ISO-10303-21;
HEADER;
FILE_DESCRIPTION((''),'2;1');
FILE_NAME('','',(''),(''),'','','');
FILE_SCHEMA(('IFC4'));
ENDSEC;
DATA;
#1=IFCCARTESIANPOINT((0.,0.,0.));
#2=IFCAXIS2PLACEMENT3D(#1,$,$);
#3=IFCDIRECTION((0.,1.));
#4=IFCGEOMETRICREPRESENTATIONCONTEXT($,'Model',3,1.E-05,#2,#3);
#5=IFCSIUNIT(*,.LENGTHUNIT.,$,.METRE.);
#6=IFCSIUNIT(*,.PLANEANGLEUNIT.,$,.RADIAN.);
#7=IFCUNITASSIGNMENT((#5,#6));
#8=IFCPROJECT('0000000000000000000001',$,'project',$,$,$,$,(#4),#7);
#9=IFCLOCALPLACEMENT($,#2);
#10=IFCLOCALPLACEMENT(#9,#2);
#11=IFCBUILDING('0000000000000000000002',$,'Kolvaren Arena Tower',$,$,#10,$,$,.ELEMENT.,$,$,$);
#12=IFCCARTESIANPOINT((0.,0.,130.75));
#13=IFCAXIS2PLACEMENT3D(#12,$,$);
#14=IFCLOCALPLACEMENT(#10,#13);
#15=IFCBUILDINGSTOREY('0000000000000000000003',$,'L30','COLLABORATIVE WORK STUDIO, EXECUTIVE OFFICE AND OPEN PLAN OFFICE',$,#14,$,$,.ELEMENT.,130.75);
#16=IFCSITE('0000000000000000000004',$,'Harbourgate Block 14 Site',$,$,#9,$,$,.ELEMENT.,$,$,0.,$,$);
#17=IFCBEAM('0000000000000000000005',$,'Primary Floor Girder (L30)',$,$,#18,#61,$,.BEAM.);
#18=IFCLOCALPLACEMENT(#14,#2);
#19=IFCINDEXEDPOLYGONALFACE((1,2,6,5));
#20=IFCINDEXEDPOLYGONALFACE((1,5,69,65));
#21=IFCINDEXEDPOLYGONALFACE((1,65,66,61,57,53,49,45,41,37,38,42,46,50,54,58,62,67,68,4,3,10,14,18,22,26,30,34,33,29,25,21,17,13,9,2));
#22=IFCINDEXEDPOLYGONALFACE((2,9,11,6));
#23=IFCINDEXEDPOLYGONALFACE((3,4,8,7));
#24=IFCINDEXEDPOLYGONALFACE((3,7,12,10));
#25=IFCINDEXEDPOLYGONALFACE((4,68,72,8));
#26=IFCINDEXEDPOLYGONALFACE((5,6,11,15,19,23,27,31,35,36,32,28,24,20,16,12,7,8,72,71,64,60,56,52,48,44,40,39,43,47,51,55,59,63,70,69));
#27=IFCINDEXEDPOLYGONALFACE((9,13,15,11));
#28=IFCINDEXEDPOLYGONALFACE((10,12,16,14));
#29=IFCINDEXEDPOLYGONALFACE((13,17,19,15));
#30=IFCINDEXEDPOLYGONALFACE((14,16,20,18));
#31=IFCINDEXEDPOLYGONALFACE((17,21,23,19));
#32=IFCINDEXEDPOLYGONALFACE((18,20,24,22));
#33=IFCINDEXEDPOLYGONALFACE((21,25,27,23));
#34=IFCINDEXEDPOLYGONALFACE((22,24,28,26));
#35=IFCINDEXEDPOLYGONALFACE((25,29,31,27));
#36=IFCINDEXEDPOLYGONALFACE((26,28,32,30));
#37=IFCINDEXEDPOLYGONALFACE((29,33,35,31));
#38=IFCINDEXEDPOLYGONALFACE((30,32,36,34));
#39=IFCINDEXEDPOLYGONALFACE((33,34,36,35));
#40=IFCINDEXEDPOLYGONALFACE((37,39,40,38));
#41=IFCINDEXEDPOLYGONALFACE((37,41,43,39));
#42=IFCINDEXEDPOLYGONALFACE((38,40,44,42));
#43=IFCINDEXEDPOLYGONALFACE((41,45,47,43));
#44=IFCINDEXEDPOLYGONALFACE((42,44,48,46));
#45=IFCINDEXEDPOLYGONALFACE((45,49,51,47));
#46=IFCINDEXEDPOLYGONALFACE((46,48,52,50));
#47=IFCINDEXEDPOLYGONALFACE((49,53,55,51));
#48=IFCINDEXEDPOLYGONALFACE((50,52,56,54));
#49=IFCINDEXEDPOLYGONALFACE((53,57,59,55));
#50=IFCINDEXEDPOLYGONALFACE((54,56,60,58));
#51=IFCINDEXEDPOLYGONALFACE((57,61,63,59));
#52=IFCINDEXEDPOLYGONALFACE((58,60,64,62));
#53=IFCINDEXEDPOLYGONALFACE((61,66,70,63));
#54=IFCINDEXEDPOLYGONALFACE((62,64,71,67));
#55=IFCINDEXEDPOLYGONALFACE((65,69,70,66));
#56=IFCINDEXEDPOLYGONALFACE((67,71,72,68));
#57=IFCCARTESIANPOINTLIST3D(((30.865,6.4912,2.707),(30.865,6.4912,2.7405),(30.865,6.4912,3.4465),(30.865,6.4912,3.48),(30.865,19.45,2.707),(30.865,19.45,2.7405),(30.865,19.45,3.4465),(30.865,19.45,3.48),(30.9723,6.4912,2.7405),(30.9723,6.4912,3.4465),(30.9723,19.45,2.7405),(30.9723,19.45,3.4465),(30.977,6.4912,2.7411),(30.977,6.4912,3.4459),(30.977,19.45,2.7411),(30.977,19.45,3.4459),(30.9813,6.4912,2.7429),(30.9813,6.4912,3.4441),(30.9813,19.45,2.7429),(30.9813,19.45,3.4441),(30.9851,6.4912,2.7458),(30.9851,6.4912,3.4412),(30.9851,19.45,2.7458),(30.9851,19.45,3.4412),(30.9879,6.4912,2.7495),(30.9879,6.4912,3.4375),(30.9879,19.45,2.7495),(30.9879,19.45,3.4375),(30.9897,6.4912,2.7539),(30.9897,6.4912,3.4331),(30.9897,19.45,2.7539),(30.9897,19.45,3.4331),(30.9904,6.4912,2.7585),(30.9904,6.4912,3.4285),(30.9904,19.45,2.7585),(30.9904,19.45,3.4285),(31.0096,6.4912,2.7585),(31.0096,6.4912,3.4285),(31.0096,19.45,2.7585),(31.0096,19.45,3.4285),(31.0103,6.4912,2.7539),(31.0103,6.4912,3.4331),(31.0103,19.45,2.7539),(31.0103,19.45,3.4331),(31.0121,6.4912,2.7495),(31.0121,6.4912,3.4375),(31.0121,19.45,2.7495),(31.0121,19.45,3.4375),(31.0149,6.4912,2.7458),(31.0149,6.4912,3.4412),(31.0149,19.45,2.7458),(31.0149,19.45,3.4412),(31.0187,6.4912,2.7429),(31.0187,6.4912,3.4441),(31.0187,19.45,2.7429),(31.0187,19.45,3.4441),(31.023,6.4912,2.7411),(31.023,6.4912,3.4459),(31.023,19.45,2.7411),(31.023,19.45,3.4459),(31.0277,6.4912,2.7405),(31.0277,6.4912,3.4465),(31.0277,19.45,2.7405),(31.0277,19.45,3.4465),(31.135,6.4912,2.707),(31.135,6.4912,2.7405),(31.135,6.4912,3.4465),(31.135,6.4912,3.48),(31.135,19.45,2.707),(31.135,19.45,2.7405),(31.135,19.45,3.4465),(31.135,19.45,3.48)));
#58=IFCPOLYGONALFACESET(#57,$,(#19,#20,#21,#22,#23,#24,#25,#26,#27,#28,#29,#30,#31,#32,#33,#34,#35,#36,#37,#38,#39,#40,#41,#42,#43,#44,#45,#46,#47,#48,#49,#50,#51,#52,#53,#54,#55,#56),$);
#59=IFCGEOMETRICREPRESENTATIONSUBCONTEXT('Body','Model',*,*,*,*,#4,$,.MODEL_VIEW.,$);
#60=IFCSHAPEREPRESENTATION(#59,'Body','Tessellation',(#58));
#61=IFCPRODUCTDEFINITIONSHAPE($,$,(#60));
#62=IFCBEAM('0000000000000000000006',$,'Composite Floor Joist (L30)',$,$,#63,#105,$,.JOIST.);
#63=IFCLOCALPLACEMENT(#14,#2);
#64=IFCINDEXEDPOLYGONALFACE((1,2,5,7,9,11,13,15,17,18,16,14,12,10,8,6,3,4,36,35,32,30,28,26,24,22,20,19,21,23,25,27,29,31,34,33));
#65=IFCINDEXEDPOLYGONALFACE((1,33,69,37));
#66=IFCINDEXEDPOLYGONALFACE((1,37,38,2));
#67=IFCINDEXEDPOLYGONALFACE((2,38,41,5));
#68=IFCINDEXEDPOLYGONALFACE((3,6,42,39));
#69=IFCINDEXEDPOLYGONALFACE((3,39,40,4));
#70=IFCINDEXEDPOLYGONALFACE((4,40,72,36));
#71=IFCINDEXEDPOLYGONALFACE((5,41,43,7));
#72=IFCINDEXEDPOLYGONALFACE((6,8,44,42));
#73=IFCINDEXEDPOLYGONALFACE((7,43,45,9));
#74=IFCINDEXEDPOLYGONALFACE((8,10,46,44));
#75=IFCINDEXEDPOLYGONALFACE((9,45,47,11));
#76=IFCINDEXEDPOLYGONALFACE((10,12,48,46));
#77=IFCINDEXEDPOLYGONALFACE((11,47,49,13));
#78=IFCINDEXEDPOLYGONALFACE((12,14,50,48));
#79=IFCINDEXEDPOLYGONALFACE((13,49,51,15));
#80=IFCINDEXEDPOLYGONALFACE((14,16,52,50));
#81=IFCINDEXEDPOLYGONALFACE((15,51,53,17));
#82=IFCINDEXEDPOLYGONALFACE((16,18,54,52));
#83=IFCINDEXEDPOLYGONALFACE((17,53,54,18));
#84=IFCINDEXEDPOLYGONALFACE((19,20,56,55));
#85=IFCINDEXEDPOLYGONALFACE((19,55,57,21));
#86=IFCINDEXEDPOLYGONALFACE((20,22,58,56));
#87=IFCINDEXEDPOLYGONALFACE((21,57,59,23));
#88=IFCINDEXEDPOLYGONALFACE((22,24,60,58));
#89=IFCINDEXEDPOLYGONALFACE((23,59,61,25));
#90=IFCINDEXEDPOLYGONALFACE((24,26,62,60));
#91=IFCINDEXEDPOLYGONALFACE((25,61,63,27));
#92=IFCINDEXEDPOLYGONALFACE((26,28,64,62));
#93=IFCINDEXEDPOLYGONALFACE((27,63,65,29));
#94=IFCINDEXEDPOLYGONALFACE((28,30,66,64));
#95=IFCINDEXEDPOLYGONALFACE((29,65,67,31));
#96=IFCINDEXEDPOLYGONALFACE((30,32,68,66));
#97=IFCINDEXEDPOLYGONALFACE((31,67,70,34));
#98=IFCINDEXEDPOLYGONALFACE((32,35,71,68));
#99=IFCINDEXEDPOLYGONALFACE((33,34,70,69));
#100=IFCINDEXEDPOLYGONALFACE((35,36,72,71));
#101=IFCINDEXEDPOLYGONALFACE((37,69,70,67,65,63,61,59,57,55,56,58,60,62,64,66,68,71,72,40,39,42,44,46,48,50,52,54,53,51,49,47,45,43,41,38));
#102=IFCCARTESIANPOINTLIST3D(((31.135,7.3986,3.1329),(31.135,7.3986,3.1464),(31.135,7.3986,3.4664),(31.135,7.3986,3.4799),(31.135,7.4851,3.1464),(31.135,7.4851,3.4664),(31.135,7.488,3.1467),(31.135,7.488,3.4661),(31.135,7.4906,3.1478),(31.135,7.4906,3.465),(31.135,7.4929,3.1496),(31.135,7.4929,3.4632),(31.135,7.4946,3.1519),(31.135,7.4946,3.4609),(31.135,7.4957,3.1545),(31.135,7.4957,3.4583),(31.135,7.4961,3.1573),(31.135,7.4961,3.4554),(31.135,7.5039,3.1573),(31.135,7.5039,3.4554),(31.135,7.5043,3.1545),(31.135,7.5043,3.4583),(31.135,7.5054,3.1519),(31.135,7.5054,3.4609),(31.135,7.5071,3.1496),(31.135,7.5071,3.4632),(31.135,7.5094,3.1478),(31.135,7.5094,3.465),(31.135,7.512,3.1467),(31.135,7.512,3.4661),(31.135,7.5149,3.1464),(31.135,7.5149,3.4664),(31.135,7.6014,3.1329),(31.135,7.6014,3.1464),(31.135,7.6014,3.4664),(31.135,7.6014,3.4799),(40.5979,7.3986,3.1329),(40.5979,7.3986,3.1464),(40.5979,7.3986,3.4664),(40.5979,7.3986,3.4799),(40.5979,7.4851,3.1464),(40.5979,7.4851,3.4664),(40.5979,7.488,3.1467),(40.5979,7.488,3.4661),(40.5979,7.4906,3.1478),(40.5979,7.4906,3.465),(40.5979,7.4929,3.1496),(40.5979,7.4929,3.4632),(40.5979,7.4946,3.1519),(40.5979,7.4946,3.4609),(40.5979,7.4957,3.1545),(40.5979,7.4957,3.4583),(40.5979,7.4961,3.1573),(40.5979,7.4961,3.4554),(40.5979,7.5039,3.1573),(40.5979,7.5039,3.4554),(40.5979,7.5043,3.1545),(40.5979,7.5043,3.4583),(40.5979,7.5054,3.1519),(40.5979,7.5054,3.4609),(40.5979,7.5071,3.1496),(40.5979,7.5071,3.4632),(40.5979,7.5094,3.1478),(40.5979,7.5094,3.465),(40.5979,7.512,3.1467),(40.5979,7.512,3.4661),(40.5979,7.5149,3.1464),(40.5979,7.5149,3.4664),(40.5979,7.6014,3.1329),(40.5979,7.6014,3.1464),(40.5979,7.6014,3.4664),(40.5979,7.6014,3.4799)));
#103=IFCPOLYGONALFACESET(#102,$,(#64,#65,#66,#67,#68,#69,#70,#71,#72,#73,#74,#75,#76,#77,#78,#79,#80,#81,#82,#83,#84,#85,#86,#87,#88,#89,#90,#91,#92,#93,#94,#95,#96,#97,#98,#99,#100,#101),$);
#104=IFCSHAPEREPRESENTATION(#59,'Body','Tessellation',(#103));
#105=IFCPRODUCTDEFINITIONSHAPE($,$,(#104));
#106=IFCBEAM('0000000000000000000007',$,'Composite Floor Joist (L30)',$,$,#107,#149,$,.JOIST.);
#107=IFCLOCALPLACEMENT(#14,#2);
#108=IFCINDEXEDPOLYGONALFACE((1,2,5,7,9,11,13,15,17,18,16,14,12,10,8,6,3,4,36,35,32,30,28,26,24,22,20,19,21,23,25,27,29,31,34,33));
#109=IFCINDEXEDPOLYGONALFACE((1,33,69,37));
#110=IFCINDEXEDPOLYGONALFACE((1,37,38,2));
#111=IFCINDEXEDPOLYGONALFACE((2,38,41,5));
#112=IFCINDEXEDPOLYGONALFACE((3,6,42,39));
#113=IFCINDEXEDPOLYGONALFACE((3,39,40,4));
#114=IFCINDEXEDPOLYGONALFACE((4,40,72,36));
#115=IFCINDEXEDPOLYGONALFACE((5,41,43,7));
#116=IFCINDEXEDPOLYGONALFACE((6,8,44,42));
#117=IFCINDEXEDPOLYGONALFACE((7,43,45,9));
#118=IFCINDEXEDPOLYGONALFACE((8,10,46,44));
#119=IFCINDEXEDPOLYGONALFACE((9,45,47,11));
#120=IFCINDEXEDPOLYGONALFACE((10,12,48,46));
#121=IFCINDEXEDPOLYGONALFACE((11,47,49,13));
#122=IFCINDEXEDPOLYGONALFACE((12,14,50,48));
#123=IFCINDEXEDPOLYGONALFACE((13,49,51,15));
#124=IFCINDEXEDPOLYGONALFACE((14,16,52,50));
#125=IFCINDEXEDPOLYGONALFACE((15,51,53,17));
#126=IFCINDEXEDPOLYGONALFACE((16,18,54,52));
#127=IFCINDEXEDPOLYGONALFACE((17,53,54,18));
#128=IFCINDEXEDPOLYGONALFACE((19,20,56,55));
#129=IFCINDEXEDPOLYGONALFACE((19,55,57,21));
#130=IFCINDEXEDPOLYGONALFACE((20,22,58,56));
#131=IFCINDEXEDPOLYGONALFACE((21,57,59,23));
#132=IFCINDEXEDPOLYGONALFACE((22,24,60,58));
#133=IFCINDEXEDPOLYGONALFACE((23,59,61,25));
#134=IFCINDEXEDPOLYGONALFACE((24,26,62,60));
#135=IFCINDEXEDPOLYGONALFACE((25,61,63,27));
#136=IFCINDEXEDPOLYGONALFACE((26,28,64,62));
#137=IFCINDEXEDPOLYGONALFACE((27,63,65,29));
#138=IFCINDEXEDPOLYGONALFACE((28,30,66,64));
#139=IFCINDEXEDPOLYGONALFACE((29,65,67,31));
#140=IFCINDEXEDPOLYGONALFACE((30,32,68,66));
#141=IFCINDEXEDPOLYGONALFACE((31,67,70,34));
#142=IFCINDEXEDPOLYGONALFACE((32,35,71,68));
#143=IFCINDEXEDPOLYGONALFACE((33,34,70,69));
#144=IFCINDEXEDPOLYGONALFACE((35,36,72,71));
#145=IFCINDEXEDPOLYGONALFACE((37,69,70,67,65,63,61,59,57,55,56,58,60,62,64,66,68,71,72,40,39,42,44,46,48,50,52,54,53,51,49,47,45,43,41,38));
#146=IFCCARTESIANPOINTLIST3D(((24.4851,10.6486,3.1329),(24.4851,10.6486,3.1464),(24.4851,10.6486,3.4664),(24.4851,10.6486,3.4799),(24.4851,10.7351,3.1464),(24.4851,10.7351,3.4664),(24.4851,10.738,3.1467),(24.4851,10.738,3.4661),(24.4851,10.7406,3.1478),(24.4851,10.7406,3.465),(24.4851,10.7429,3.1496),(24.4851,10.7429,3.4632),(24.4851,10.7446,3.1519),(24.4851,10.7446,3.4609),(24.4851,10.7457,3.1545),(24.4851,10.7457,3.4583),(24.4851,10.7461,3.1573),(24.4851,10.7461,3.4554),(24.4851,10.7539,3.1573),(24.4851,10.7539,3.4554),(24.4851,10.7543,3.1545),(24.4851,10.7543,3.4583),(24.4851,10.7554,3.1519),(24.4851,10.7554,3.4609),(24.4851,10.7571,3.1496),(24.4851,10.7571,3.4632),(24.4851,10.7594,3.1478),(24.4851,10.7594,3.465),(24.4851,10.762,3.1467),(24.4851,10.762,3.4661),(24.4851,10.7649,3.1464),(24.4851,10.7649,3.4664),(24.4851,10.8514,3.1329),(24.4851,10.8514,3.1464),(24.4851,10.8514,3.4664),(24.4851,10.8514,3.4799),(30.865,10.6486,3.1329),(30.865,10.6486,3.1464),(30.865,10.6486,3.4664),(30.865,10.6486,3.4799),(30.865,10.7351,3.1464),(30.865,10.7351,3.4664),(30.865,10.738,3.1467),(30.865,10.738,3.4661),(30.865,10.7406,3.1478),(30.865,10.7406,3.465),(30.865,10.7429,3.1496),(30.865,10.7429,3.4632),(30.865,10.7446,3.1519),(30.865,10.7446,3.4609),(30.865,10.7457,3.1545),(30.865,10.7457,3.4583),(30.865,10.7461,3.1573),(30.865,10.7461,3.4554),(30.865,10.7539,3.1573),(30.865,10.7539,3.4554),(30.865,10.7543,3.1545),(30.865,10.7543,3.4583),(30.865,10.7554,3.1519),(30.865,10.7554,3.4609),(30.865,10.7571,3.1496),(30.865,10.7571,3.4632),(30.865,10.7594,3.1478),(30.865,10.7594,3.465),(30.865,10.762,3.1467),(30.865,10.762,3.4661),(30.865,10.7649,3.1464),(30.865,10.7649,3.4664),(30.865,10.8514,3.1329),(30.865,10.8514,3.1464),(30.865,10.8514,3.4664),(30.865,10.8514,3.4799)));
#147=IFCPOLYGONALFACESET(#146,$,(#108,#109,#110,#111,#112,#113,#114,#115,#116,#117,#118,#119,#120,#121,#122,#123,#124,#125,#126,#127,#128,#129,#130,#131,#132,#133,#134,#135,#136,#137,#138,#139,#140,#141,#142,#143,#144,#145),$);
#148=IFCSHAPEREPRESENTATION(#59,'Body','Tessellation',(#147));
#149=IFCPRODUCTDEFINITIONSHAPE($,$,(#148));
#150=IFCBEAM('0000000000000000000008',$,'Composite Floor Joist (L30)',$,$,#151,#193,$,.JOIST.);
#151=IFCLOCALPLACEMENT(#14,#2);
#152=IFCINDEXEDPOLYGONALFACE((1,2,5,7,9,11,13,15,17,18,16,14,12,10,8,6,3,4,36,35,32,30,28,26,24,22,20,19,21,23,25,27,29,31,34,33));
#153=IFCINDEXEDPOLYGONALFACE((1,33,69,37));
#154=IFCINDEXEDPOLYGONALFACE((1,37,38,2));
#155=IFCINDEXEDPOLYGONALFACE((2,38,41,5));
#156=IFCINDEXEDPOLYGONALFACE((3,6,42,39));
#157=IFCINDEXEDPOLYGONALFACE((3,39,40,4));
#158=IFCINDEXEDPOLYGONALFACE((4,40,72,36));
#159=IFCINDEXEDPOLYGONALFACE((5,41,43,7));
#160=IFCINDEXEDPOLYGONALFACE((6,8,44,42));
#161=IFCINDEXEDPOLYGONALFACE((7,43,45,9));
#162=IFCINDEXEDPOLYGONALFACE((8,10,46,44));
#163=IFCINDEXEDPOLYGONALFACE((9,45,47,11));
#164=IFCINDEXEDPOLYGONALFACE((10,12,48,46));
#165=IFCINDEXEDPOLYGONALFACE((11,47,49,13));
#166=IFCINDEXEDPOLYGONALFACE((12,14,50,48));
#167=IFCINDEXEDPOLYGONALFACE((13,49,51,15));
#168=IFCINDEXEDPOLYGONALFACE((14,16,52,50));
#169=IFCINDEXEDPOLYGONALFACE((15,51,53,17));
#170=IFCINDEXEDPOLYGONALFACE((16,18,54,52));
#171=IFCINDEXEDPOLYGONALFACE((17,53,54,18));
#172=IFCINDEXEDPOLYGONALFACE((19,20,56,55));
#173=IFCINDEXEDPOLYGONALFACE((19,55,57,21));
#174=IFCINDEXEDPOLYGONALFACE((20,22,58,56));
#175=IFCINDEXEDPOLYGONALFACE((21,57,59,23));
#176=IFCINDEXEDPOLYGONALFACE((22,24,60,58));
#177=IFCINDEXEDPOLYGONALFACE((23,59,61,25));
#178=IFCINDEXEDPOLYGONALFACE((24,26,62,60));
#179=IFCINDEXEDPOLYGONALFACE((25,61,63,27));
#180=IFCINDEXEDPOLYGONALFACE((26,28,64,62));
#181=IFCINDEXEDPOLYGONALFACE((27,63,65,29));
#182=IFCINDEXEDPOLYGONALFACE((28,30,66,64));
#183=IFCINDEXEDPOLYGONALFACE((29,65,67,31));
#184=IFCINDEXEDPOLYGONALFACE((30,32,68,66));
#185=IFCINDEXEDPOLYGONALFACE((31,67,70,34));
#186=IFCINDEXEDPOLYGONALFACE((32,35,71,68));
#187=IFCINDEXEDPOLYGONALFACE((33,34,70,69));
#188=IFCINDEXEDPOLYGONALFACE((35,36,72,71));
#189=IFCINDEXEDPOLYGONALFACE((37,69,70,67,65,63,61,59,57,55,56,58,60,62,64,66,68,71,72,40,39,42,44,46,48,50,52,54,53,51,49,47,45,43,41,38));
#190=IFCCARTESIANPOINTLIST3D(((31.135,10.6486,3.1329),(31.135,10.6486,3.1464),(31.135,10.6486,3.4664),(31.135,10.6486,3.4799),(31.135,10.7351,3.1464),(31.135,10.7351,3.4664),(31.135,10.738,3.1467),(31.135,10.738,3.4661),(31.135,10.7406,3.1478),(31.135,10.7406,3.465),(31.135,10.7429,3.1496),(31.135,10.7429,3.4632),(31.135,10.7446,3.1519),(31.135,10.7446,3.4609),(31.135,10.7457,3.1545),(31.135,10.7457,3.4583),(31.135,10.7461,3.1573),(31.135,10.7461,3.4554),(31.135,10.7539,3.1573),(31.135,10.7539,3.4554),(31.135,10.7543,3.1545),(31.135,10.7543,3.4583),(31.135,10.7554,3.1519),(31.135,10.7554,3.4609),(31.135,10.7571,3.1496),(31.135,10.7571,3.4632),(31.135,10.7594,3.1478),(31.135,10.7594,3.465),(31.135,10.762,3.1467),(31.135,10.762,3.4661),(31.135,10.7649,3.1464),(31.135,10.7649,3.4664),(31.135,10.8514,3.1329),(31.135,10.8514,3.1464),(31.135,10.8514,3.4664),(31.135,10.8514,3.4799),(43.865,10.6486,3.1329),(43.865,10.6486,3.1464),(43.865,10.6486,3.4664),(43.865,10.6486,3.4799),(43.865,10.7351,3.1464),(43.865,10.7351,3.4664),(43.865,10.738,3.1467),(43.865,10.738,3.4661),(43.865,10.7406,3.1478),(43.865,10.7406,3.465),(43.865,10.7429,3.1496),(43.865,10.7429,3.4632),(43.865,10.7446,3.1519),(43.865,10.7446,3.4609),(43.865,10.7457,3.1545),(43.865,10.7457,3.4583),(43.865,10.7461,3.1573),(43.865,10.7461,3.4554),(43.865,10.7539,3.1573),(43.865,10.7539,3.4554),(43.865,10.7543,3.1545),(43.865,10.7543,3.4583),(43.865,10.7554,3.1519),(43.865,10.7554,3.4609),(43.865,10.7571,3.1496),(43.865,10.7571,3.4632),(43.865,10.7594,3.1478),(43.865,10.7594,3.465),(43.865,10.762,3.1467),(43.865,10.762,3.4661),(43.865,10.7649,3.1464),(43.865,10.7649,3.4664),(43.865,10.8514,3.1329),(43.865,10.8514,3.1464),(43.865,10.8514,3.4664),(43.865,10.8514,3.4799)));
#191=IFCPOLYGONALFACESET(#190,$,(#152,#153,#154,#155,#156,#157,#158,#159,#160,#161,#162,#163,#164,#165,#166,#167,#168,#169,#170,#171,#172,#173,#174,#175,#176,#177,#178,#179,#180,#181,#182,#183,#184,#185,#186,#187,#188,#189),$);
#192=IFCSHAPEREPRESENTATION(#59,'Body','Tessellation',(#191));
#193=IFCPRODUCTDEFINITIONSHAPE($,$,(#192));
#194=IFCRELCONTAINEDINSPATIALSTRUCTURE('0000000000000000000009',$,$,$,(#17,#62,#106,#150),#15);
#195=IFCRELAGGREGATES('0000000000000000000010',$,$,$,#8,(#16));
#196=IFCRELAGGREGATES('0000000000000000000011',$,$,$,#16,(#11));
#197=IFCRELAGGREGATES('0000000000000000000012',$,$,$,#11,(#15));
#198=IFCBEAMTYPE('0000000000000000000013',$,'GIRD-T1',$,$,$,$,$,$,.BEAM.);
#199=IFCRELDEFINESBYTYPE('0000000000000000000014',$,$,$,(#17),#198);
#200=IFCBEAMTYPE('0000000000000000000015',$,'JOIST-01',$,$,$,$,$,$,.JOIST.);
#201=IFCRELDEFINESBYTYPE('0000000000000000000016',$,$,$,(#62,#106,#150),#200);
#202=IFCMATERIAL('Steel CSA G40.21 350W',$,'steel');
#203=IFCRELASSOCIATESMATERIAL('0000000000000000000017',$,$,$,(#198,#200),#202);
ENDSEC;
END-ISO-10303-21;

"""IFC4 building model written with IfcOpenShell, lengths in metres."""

from ifc_helpers import new_model, si_unit, direction, frame, origin, origin_2d, place, context, subcontext, project, spatial, i_section, extrude, material, material_profile, profile_set, type_object, element, save


model = new_model("IFC4")

# Units and contexts
model_context = context("Model", 3, precision=1e-05, world=origin(), true_north=direction((0.0, 1.0)))
body_context = subcontext(model_context, "Body", "Model", "MODEL_VIEW")
ifc_project = project(units=[si_unit("LENGTHUNIT", "METRE"), si_unit("PLANEANGLEUNIT", "RADIAN")], contexts=[model_context])

# Site, building, storey
site_placement = place(None, origin())
site = spatial("IfcSite", under=ifc_project, at=site_placement, Name="Harbourgate Block 14 Site", CompositionType="ELEMENT", RefElevation=0.0)
building_placement = place(site_placement, origin())
building = spatial("IfcBuilding", under=site, at=building_placement, Name="Kolvaren Arena Tower", CompositionType="ELEMENT")
storey_placement = place(building_placement, frame((0.0, 0.0, 130.75)))
storey = spatial("IfcBuildingStorey", under=building, at=storey_placement, Name="L30", Description="COLLABORATIVE WORK STUDIO, EXECUTIVE OFFICE AND OPEN PLAN OFFICE", CompositionType="ELEMENT", Elevation=130.75)

# Beams
ifc_material_1 = material(Name="Steel CSA G40.21 350W", Category="steel")
ifc_material_profile_1 = material_profile(ifc_material_1, i_section(OverallWidth=0.27, OverallDepth=0.7729, WebThickness=0.0193, FlangeThickness=0.0334, FilletRadius=0.0181, at=origin_2d()), Name="W760x257")
ifc_profile_set_1 = profile_set([ifc_material_profile_1], Name="Steel CSA G40.21 350W")
beam_type_1 = type_object("IfcBeamType", Name="GIRD-T1", PredefinedType="BEAM", material=ifc_profile_set_1)
beam_1_placement = place(storey_placement, frame((31.0, 6.4912, 3.0935), z_axis=(0.0, 1.0, 0.0), x_axis=(-1.0, 0.0, 0.0)))
element("IfcBeam", 1, at=beam_1_placement, inside=storey, type_object=beam_type_1, Name="Primary Floor Girder (L30)", PredefinedType="BEAM", context=body_context, shape_type="SweptSolid", body=[
    extrude(i_section(OverallWidth=0.27, OverallDepth=0.7729, WebThickness=0.0193, FlangeThickness=0.0334, FilletRadius=0.0181, at=origin_2d()), origin(), (0.0, 0.0, 1.0), 12.9587),
])
ifc_material_profile_2 = material_profile(ifc_material_1, i_section(OverallWidth=0.2029, OverallDepth=0.3469, WebThickness=0.0078, FlangeThickness=0.0134, FilletRadius=0.011, at=origin_2d()), Name="W360x64")
ifc_profile_set_2 = profile_set([ifc_material_profile_2], Name="Steel CSA G40.21 350W")
beam_type_2 = type_object("IfcBeamType", Name="JOIST-01", PredefinedType="JOIST", material=ifc_profile_set_2)
beam_2_placement = place(storey_placement, frame((31.135, 7.5, 3.3064), z_axis=(1.0, 0.0, 0.0), x_axis=(0.0, 1.0, 0.0)))
element("IfcBeam", 2, at=beam_2_placement, inside=storey, type_object=beam_type_2, Name="Composite Floor Joist (L30)", PredefinedType="JOIST", context=body_context, shape_type="SweptSolid", body=[
    extrude(i_section(OverallWidth=0.2029, OverallDepth=0.3469, WebThickness=0.0078, FlangeThickness=0.0134, FilletRadius=0.011, at=origin_2d()), origin(), (0.0, 0.0, 1.0), 9.4629),
])
beam_3_placement = place(storey_placement, frame((24.4851, 10.75, 3.3064), z_axis=(1.0, 0.0, 0.0), x_axis=(0.0, 1.0, 0.0)))
element("IfcBeam", 3, at=beam_3_placement, inside=storey, type_object=beam_type_2, Name="Composite Floor Joist (L30)", PredefinedType="JOIST", context=body_context, shape_type="SweptSolid", body=[
    extrude(i_section(OverallWidth=0.2029, OverallDepth=0.3469, WebThickness=0.0078, FlangeThickness=0.0134, FilletRadius=0.011, at=origin_2d()), origin(), (0.0, 0.0, 1.0), 6.3799),
])
beam_4_placement = place(storey_placement, frame((31.135, 10.75, 3.3064), z_axis=(1.0, 0.0, 0.0), x_axis=(0.0, 1.0, 0.0)))
element("IfcBeam", 4, at=beam_4_placement, inside=storey, type_object=beam_type_2, Name="Composite Floor Joist (L30)", PredefinedType="JOIST", context=body_context, shape_type="SweptSolid", body=[
    extrude(i_section(OverallWidth=0.2029, OverallDepth=0.3469, WebThickness=0.0078, FlangeThickness=0.0134, FilletRadius=0.011, at=origin_2d()), origin(), (0.0, 0.0, 1.0), 12.73),
])

save(model, "model.ifc")
